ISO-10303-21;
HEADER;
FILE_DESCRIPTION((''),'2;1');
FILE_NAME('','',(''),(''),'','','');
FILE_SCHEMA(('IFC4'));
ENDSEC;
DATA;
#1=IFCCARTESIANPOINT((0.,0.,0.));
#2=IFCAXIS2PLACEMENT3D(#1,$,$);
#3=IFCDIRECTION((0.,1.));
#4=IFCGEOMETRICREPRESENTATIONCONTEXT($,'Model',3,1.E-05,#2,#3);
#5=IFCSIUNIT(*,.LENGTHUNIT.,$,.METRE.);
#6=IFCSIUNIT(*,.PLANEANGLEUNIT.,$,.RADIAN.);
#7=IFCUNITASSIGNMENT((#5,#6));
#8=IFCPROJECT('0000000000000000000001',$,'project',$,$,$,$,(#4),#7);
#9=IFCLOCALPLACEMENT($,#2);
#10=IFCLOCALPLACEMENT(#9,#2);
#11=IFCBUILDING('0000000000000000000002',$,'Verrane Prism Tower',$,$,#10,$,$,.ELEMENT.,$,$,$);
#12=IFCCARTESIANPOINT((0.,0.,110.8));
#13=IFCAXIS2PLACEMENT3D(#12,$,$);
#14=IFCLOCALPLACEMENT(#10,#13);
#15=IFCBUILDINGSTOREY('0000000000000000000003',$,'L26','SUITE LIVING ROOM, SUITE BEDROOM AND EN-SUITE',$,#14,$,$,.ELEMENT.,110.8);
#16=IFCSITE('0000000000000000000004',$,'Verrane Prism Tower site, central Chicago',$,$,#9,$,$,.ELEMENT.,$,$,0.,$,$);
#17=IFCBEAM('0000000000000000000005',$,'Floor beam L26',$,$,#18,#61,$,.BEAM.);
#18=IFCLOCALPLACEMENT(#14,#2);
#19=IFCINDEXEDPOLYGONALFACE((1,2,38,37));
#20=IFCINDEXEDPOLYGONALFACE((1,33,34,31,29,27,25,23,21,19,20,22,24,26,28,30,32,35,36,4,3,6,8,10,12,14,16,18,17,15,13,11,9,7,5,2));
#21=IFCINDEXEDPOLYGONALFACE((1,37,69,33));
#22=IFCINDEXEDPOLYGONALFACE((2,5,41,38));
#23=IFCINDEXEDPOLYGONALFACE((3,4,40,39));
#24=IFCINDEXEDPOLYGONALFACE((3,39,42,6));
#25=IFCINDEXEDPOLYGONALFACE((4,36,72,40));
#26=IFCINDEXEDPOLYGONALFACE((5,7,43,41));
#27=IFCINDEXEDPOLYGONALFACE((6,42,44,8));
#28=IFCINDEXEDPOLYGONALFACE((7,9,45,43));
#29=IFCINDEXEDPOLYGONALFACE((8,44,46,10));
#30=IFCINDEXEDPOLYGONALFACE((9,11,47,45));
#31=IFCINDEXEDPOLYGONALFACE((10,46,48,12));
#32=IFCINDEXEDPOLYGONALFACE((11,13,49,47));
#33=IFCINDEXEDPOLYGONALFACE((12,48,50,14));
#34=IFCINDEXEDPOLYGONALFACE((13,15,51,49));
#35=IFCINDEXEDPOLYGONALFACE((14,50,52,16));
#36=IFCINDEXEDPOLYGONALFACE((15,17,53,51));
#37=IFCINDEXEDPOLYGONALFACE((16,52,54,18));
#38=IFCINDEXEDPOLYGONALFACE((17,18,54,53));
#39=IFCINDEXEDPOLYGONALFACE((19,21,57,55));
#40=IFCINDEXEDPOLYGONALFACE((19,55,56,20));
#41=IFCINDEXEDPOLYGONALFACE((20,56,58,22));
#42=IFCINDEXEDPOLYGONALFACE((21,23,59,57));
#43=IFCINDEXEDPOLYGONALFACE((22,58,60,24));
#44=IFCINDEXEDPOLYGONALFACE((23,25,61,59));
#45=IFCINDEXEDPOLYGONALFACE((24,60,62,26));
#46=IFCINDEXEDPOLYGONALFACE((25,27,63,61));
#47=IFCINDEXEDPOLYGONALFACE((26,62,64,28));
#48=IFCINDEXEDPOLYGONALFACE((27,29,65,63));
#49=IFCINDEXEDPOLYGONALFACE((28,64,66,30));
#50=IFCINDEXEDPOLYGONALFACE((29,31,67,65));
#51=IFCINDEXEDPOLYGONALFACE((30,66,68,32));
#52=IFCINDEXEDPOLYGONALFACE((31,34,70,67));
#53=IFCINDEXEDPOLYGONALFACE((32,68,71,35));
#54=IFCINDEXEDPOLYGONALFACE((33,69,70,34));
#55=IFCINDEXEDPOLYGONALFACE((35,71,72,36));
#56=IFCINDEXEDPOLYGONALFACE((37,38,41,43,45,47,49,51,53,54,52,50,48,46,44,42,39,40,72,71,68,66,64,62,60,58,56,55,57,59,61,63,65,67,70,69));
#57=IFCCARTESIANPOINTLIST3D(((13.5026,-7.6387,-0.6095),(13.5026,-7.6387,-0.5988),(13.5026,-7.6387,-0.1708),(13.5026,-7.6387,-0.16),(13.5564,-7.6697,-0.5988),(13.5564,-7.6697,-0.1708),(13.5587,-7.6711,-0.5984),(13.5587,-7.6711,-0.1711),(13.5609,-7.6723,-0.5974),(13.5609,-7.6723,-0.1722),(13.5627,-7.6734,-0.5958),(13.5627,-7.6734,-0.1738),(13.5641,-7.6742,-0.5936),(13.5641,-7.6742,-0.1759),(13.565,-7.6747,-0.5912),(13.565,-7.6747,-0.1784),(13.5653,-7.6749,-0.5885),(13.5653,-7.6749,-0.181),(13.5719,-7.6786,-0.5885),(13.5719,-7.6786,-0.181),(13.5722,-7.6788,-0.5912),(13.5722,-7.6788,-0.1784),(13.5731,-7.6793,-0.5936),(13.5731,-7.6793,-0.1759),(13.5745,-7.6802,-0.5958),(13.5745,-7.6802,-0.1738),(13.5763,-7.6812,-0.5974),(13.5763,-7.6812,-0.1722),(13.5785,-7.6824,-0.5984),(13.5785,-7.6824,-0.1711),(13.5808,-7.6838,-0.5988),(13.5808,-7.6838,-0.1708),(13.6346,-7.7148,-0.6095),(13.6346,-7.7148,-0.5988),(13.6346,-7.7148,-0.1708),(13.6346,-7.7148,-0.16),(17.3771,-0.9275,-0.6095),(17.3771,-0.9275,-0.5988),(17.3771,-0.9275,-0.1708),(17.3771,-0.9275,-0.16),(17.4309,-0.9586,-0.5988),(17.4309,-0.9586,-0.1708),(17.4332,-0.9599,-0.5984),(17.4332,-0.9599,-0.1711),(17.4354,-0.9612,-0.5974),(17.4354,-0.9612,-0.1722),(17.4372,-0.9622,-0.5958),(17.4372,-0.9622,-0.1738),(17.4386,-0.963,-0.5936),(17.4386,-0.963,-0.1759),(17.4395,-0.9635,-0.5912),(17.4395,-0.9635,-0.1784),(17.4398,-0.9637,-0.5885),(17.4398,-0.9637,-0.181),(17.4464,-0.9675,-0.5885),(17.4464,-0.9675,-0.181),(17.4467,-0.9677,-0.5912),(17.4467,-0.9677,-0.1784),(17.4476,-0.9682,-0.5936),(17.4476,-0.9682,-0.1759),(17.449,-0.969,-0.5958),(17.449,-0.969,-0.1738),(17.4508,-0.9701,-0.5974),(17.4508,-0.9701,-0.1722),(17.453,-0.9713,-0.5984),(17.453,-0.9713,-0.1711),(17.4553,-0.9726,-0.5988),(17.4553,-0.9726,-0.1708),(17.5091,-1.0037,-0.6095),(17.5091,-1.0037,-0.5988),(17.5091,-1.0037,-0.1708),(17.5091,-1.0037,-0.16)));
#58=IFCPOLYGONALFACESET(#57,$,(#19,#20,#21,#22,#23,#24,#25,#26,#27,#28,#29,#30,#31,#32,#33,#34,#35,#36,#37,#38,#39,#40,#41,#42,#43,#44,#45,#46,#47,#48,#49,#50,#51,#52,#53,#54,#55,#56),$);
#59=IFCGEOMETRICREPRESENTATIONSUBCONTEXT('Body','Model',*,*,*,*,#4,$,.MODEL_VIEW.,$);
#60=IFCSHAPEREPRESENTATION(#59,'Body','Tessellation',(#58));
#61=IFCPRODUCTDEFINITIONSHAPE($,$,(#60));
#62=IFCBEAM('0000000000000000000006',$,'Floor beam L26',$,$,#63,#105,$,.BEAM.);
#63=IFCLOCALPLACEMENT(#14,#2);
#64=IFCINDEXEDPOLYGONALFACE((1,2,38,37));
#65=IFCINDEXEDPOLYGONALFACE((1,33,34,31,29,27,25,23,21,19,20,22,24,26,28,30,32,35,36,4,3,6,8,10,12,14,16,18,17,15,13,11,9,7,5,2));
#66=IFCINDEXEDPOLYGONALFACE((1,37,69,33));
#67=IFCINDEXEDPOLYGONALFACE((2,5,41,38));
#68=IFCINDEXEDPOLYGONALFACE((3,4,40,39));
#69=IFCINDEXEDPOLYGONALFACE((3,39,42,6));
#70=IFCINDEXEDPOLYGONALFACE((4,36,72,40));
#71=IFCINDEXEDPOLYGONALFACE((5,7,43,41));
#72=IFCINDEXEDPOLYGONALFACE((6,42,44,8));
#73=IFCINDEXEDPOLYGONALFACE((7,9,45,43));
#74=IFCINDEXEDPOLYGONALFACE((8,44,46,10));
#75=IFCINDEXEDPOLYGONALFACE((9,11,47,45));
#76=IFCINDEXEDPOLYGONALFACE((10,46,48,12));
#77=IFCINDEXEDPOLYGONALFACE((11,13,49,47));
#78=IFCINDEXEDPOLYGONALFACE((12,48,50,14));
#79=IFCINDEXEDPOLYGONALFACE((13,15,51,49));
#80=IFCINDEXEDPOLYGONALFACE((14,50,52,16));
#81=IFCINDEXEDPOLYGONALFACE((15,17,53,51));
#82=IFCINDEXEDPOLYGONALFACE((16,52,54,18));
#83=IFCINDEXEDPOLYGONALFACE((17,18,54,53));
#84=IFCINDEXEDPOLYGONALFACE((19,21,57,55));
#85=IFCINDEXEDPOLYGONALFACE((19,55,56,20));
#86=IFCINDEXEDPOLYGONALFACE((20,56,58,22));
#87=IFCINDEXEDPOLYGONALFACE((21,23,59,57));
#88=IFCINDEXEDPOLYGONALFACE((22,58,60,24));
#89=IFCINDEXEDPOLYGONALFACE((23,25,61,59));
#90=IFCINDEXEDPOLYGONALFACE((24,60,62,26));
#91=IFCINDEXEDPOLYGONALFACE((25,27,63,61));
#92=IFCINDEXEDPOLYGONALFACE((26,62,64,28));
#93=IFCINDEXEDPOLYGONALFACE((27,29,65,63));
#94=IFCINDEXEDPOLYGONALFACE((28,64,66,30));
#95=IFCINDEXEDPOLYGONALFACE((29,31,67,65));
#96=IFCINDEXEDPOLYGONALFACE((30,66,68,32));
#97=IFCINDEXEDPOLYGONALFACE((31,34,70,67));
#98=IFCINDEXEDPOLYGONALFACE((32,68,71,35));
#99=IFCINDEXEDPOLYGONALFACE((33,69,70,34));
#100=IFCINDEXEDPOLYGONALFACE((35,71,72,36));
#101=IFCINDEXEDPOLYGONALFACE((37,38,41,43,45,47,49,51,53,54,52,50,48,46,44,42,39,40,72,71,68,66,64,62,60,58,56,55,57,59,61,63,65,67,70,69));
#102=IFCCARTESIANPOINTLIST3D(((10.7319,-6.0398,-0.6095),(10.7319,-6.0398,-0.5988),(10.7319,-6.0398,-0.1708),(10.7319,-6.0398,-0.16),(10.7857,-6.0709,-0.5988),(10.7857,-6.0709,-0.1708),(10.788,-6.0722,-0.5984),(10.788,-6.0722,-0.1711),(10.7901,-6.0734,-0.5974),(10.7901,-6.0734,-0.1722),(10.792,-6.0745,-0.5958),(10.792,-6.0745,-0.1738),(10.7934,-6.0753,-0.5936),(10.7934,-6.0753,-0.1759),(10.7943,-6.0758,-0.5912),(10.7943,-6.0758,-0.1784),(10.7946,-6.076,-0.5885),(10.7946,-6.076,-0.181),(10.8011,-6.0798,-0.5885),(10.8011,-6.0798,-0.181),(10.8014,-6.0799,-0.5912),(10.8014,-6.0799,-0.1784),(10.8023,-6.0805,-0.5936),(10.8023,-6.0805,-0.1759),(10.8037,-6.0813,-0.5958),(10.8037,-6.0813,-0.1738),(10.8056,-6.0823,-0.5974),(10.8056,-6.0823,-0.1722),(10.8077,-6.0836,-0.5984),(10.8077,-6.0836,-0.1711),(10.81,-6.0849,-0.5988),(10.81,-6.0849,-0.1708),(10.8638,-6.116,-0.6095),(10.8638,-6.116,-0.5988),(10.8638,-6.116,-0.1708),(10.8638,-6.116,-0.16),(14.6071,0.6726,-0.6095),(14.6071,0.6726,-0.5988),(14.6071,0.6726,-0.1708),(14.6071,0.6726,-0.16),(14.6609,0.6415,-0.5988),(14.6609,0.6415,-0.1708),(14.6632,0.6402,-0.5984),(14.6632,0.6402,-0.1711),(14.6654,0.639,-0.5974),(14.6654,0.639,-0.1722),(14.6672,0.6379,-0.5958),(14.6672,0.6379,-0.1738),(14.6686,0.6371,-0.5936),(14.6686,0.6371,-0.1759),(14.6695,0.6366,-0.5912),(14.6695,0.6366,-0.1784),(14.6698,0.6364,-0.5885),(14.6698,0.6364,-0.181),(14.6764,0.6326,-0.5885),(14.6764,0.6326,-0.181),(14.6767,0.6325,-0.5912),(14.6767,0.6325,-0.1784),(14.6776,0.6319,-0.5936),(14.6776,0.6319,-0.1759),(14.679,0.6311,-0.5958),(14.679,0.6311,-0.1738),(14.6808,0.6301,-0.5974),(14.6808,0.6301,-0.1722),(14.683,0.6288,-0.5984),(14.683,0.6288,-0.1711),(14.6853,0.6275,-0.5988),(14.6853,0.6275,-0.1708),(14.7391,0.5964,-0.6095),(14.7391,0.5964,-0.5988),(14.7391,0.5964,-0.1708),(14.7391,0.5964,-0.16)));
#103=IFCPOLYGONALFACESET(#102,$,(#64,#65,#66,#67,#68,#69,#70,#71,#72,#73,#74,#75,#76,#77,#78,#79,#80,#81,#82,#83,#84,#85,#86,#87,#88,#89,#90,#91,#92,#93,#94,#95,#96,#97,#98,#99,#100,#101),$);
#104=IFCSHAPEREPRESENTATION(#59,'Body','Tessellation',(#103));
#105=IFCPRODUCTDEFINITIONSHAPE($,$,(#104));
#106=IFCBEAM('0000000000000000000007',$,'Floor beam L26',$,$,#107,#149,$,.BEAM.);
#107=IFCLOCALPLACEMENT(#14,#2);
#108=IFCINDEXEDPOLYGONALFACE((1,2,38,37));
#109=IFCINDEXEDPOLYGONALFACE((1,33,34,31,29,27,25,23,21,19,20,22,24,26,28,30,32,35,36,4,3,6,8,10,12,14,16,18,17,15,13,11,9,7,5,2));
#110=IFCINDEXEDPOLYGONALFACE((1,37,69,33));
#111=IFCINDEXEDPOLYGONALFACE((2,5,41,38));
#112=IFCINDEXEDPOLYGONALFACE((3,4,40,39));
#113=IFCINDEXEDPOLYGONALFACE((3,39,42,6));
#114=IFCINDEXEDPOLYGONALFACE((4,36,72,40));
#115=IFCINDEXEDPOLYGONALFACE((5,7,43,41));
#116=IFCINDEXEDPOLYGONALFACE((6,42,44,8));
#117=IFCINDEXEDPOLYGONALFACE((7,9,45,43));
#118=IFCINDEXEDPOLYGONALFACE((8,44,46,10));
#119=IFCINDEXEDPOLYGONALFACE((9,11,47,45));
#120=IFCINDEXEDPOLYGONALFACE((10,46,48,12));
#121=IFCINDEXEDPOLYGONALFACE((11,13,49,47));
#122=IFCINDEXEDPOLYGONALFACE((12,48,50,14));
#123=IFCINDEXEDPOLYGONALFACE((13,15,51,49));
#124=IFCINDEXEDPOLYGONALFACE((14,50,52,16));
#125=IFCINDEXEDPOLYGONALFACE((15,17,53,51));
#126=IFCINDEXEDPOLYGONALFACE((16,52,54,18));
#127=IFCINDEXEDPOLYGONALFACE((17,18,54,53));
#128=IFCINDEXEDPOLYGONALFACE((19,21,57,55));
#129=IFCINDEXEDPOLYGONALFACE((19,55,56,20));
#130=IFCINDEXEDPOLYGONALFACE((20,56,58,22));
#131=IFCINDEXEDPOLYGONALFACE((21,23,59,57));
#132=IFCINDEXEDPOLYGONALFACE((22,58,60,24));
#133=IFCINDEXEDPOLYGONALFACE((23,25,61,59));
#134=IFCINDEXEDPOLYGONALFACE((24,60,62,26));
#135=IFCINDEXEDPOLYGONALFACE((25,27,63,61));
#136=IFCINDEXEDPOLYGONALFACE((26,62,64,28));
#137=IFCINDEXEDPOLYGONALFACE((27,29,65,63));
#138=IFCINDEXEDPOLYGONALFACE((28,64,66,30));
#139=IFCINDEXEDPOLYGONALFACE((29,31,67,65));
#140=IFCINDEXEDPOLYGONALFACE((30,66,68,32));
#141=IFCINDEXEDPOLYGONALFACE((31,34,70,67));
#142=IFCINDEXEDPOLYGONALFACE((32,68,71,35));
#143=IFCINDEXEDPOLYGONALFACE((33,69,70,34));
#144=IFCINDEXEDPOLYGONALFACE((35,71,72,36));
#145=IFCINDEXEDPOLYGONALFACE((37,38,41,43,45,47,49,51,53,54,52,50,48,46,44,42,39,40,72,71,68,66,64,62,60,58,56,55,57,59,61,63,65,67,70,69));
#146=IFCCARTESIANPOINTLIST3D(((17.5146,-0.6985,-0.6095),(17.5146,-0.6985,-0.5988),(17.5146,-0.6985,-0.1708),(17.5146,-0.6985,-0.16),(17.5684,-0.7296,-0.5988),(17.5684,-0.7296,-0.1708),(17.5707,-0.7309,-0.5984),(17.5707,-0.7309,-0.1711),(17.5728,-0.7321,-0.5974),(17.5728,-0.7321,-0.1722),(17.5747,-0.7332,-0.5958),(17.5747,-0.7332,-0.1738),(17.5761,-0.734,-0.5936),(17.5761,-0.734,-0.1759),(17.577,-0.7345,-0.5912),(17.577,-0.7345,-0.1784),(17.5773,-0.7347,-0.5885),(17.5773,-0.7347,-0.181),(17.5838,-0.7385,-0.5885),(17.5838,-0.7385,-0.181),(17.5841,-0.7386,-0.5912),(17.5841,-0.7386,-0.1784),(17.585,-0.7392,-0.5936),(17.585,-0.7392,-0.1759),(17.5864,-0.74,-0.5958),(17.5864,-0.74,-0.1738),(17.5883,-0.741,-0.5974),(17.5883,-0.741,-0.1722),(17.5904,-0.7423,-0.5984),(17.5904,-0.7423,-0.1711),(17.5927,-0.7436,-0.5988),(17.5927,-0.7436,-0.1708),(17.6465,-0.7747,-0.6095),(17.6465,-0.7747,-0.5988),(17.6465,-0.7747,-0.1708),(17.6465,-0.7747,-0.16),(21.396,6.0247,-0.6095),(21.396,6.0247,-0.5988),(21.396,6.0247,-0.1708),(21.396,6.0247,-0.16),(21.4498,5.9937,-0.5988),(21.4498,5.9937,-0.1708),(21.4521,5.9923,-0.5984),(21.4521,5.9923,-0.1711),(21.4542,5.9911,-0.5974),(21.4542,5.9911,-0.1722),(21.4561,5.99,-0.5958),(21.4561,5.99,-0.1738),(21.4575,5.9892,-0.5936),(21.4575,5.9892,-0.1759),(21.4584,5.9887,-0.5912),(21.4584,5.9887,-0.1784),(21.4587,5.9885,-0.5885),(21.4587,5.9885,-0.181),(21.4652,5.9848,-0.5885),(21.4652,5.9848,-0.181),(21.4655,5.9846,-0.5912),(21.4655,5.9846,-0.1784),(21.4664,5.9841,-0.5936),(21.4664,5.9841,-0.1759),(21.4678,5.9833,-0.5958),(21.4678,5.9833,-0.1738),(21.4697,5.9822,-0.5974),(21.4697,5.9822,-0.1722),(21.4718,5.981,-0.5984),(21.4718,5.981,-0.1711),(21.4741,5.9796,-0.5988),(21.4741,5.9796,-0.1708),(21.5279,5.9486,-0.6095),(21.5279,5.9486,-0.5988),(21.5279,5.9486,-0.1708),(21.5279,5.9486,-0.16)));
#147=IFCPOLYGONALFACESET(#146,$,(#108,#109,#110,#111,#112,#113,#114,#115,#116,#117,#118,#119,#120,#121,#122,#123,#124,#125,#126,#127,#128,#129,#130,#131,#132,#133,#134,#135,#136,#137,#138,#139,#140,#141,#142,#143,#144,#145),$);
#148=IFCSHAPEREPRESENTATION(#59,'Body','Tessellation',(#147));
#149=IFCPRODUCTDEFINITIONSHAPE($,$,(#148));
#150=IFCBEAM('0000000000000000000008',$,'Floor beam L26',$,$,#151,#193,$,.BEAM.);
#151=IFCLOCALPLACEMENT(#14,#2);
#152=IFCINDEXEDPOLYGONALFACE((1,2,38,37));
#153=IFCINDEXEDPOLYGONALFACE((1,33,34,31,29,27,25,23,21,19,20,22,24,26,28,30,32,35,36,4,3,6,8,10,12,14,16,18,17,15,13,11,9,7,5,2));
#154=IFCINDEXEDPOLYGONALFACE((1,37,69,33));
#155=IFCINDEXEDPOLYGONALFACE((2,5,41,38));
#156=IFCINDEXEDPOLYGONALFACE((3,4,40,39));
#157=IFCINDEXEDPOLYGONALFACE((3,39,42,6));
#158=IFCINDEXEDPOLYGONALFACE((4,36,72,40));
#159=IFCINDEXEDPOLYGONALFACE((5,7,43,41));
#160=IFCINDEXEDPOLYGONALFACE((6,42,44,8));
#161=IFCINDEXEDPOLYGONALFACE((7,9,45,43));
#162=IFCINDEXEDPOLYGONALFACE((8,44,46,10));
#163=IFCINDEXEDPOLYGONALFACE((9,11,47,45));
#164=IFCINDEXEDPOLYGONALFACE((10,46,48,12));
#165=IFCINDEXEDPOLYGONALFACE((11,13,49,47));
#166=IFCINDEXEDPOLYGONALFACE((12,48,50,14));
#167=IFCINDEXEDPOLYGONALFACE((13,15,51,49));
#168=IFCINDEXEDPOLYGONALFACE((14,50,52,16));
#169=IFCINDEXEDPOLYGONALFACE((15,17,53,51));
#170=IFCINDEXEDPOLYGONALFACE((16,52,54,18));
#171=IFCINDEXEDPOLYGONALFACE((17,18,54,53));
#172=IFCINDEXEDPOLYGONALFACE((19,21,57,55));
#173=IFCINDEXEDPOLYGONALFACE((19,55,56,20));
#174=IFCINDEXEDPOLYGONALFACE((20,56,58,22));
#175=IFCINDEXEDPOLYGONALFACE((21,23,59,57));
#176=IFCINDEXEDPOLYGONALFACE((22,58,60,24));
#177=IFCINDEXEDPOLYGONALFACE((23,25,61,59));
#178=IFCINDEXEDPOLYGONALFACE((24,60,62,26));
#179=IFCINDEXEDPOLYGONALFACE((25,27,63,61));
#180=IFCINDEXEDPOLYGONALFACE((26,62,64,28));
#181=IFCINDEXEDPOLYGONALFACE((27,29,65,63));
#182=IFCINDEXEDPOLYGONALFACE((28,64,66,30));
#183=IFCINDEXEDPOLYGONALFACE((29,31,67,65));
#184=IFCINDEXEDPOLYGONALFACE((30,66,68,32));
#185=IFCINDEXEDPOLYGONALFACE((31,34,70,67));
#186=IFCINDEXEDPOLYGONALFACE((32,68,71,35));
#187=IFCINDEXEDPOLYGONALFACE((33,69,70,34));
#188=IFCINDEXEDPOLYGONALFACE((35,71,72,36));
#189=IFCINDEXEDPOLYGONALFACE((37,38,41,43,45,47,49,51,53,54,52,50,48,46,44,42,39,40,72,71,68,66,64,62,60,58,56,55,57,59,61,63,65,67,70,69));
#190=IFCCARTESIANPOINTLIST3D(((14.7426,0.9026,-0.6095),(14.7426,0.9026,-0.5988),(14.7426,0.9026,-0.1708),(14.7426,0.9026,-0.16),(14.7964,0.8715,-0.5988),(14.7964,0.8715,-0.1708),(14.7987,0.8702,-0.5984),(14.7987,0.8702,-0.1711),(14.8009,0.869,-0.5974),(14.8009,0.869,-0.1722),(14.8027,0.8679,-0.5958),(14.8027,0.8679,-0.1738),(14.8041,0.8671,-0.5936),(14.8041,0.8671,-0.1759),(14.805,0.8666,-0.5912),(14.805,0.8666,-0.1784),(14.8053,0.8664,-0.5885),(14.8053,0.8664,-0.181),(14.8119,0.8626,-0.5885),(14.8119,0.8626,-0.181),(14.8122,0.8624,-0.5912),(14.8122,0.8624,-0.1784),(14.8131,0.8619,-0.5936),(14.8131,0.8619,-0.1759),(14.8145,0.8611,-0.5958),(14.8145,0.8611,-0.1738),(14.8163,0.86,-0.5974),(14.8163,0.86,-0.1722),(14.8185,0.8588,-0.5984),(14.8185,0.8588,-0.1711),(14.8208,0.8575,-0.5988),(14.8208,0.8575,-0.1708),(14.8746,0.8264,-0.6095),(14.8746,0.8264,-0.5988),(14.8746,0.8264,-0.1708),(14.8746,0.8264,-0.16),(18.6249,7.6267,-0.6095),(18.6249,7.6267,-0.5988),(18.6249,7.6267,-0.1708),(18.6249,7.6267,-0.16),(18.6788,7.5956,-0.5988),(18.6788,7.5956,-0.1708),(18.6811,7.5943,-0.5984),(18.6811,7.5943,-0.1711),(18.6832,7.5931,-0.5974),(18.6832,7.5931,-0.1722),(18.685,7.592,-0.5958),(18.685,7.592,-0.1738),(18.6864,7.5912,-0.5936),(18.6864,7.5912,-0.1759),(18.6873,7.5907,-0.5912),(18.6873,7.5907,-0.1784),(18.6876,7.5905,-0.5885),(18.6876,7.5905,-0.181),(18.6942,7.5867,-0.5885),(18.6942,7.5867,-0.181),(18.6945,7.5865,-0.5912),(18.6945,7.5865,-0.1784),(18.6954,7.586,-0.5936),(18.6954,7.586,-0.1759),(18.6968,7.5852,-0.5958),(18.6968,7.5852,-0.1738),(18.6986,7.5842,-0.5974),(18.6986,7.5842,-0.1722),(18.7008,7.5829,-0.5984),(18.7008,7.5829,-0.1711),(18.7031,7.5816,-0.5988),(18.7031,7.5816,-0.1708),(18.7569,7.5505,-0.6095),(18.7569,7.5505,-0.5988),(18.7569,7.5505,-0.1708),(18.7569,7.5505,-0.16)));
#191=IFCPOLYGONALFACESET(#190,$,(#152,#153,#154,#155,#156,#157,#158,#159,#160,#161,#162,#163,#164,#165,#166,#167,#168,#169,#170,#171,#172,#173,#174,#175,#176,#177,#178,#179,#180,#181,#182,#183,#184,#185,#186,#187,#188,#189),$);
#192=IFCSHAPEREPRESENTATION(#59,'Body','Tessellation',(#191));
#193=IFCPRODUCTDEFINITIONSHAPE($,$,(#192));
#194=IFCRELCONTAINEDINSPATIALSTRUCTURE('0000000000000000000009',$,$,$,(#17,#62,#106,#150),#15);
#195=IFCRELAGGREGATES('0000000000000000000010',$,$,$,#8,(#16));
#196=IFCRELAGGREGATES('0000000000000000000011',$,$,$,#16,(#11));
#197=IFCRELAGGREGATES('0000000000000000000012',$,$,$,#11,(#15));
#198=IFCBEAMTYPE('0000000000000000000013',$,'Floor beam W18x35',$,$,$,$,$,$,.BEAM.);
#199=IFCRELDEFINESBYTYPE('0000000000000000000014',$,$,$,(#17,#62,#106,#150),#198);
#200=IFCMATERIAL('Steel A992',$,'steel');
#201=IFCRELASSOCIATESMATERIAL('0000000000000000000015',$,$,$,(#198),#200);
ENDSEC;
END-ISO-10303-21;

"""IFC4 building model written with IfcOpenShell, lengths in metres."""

from ifc_helpers import new_model, si_unit, direction, frame, origin, origin_2d, place, context, subcontext, project, spatial, i_section, extrude, material, material_profile, profile_set, type_object, element, save


model = new_model("IFC4")

# Units and contexts
model_context = context("Model", 3, precision=1e-05, world=origin(), true_north=direction((0.0, 1.0)))
body_context = subcontext(model_context, "Body", "Model", "MODEL_VIEW")
ifc_project = project(units=[si_unit("LENGTHUNIT", "METRE"), si_unit("PLANEANGLEUNIT", "RADIAN")], contexts=[model_context])

# Site, building, storey
site_placement = place(None, origin())
site = spatial("IfcSite", under=ifc_project, at=site_placement, Name="Verrane Prism Tower site, central Chicago", CompositionType="ELEMENT", RefElevation=0.0)
building_placement = place(site_placement, origin())
building = spatial("IfcBuilding", under=site, at=building_placement, Name="Verrane Prism Tower", CompositionType="ELEMENT")
storey_placement = place(building_placement, frame((0.0, 0.0, 110.8)))
storey = spatial("IfcBuildingStorey", under=building, at=storey_placement, Name="L26", Description="SUITE LIVING ROOM, SUITE BEDROOM AND EN-SUITE", CompositionType="ELEMENT", Elevation=110.8)

# Beams
ifc_material_1 = material(Name="Steel A992", Category="steel")
ifc_material_profile_1 = material_profile(ifc_material_1, i_section(OverallWidth=0.1523, OverallDepth=0.4495, WebThickness=0.0076, FlangeThickness=0.0107, FilletRadius=0.0103, at=origin_2d()), Name="W18x35")
ifc_profile_set_1 = profile_set([ifc_material_profile_1], Name="Steel A992")
beam_type_1 = type_object("IfcBeamType", Name="Floor beam W18x35", PredefinedType="BEAM", material=ifc_profile_set_1)
beam_1_placement = place(storey_placement, frame((13.5686, -7.6768, -0.3848), z_axis=(0.499982, 0.866036, 0.0), x_axis=(-0.866036, 0.499982, 0.0)))
element("IfcBeam", 1, at=beam_1_placement, inside=storey, type_object=beam_type_1, Name="Floor beam L26", PredefinedType="BEAM", context=body_context, shape_type="SweptSolid", body=[
    extrude(i_section(OverallWidth=0.1523, OverallDepth=0.4495, WebThickness=0.0076, FlangeThickness=0.0107, FilletRadius=0.0103, at=origin_2d()), origin(), (0.0, 0.0, 1.0), 7.7493),
])
beam_2_placement = place(storey_placement, frame((10.7979, -6.0779, -0.3848), z_axis=(0.499984, 0.866035, 0.0), x_axis=(-0.866035, 0.499984, 0.0)))
element("IfcBeam", 2, at=beam_2_placement, inside=storey, type_object=beam_type_1, Name="Floor beam L26", PredefinedType="BEAM", context=body_context, shape_type="SweptSolid", body=[
    extrude(i_section(OverallWidth=0.1523, OverallDepth=0.4495, WebThickness=0.0076, FlangeThickness=0.0107, FilletRadius=0.0103, at=origin_2d()), origin(), (0.0, 0.0, 1.0), 7.7507),
])
beam_3_placement = place(storey_placement, frame((17.5806, -0.7366, -0.3848), z_axis=(0.499975, 0.86604, 0.0), x_axis=(-0.86604, 0.499975, 0.0)))
element("IfcBeam", 3, at=beam_3_placement, inside=storey, type_object=beam_type_1, Name="Floor beam L26", PredefinedType="BEAM", context=body_context, shape_type="SweptSolid", body=[
    extrude(i_section(OverallWidth=0.1523, OverallDepth=0.4495, WebThickness=0.0076, FlangeThickness=0.0107, FilletRadius=0.0103, at=origin_2d()), origin(), (0.0, 0.0, 1.0), 7.7632),
])
beam_4_placement = place(storey_placement, frame((14.8086, 0.8645, -0.3848), z_axis=(0.500015, 0.866017, 0.0), x_axis=(-0.866017, 0.500015, 0.0)))
element("IfcBeam", 4, at=beam_4_placement, inside=storey, type_object=beam_type_1, Name="Floor beam L26", PredefinedType="BEAM", context=body_context, shape_type="SweptSolid", body=[
    extrude(i_section(OverallWidth=0.1523, OverallDepth=0.4495, WebThickness=0.0076, FlangeThickness=0.0107, FilletRadius=0.0103, at=origin_2d()), origin(), (0.0, 0.0, 1.0), 7.7644),
])

save(model, "model.ifc")
